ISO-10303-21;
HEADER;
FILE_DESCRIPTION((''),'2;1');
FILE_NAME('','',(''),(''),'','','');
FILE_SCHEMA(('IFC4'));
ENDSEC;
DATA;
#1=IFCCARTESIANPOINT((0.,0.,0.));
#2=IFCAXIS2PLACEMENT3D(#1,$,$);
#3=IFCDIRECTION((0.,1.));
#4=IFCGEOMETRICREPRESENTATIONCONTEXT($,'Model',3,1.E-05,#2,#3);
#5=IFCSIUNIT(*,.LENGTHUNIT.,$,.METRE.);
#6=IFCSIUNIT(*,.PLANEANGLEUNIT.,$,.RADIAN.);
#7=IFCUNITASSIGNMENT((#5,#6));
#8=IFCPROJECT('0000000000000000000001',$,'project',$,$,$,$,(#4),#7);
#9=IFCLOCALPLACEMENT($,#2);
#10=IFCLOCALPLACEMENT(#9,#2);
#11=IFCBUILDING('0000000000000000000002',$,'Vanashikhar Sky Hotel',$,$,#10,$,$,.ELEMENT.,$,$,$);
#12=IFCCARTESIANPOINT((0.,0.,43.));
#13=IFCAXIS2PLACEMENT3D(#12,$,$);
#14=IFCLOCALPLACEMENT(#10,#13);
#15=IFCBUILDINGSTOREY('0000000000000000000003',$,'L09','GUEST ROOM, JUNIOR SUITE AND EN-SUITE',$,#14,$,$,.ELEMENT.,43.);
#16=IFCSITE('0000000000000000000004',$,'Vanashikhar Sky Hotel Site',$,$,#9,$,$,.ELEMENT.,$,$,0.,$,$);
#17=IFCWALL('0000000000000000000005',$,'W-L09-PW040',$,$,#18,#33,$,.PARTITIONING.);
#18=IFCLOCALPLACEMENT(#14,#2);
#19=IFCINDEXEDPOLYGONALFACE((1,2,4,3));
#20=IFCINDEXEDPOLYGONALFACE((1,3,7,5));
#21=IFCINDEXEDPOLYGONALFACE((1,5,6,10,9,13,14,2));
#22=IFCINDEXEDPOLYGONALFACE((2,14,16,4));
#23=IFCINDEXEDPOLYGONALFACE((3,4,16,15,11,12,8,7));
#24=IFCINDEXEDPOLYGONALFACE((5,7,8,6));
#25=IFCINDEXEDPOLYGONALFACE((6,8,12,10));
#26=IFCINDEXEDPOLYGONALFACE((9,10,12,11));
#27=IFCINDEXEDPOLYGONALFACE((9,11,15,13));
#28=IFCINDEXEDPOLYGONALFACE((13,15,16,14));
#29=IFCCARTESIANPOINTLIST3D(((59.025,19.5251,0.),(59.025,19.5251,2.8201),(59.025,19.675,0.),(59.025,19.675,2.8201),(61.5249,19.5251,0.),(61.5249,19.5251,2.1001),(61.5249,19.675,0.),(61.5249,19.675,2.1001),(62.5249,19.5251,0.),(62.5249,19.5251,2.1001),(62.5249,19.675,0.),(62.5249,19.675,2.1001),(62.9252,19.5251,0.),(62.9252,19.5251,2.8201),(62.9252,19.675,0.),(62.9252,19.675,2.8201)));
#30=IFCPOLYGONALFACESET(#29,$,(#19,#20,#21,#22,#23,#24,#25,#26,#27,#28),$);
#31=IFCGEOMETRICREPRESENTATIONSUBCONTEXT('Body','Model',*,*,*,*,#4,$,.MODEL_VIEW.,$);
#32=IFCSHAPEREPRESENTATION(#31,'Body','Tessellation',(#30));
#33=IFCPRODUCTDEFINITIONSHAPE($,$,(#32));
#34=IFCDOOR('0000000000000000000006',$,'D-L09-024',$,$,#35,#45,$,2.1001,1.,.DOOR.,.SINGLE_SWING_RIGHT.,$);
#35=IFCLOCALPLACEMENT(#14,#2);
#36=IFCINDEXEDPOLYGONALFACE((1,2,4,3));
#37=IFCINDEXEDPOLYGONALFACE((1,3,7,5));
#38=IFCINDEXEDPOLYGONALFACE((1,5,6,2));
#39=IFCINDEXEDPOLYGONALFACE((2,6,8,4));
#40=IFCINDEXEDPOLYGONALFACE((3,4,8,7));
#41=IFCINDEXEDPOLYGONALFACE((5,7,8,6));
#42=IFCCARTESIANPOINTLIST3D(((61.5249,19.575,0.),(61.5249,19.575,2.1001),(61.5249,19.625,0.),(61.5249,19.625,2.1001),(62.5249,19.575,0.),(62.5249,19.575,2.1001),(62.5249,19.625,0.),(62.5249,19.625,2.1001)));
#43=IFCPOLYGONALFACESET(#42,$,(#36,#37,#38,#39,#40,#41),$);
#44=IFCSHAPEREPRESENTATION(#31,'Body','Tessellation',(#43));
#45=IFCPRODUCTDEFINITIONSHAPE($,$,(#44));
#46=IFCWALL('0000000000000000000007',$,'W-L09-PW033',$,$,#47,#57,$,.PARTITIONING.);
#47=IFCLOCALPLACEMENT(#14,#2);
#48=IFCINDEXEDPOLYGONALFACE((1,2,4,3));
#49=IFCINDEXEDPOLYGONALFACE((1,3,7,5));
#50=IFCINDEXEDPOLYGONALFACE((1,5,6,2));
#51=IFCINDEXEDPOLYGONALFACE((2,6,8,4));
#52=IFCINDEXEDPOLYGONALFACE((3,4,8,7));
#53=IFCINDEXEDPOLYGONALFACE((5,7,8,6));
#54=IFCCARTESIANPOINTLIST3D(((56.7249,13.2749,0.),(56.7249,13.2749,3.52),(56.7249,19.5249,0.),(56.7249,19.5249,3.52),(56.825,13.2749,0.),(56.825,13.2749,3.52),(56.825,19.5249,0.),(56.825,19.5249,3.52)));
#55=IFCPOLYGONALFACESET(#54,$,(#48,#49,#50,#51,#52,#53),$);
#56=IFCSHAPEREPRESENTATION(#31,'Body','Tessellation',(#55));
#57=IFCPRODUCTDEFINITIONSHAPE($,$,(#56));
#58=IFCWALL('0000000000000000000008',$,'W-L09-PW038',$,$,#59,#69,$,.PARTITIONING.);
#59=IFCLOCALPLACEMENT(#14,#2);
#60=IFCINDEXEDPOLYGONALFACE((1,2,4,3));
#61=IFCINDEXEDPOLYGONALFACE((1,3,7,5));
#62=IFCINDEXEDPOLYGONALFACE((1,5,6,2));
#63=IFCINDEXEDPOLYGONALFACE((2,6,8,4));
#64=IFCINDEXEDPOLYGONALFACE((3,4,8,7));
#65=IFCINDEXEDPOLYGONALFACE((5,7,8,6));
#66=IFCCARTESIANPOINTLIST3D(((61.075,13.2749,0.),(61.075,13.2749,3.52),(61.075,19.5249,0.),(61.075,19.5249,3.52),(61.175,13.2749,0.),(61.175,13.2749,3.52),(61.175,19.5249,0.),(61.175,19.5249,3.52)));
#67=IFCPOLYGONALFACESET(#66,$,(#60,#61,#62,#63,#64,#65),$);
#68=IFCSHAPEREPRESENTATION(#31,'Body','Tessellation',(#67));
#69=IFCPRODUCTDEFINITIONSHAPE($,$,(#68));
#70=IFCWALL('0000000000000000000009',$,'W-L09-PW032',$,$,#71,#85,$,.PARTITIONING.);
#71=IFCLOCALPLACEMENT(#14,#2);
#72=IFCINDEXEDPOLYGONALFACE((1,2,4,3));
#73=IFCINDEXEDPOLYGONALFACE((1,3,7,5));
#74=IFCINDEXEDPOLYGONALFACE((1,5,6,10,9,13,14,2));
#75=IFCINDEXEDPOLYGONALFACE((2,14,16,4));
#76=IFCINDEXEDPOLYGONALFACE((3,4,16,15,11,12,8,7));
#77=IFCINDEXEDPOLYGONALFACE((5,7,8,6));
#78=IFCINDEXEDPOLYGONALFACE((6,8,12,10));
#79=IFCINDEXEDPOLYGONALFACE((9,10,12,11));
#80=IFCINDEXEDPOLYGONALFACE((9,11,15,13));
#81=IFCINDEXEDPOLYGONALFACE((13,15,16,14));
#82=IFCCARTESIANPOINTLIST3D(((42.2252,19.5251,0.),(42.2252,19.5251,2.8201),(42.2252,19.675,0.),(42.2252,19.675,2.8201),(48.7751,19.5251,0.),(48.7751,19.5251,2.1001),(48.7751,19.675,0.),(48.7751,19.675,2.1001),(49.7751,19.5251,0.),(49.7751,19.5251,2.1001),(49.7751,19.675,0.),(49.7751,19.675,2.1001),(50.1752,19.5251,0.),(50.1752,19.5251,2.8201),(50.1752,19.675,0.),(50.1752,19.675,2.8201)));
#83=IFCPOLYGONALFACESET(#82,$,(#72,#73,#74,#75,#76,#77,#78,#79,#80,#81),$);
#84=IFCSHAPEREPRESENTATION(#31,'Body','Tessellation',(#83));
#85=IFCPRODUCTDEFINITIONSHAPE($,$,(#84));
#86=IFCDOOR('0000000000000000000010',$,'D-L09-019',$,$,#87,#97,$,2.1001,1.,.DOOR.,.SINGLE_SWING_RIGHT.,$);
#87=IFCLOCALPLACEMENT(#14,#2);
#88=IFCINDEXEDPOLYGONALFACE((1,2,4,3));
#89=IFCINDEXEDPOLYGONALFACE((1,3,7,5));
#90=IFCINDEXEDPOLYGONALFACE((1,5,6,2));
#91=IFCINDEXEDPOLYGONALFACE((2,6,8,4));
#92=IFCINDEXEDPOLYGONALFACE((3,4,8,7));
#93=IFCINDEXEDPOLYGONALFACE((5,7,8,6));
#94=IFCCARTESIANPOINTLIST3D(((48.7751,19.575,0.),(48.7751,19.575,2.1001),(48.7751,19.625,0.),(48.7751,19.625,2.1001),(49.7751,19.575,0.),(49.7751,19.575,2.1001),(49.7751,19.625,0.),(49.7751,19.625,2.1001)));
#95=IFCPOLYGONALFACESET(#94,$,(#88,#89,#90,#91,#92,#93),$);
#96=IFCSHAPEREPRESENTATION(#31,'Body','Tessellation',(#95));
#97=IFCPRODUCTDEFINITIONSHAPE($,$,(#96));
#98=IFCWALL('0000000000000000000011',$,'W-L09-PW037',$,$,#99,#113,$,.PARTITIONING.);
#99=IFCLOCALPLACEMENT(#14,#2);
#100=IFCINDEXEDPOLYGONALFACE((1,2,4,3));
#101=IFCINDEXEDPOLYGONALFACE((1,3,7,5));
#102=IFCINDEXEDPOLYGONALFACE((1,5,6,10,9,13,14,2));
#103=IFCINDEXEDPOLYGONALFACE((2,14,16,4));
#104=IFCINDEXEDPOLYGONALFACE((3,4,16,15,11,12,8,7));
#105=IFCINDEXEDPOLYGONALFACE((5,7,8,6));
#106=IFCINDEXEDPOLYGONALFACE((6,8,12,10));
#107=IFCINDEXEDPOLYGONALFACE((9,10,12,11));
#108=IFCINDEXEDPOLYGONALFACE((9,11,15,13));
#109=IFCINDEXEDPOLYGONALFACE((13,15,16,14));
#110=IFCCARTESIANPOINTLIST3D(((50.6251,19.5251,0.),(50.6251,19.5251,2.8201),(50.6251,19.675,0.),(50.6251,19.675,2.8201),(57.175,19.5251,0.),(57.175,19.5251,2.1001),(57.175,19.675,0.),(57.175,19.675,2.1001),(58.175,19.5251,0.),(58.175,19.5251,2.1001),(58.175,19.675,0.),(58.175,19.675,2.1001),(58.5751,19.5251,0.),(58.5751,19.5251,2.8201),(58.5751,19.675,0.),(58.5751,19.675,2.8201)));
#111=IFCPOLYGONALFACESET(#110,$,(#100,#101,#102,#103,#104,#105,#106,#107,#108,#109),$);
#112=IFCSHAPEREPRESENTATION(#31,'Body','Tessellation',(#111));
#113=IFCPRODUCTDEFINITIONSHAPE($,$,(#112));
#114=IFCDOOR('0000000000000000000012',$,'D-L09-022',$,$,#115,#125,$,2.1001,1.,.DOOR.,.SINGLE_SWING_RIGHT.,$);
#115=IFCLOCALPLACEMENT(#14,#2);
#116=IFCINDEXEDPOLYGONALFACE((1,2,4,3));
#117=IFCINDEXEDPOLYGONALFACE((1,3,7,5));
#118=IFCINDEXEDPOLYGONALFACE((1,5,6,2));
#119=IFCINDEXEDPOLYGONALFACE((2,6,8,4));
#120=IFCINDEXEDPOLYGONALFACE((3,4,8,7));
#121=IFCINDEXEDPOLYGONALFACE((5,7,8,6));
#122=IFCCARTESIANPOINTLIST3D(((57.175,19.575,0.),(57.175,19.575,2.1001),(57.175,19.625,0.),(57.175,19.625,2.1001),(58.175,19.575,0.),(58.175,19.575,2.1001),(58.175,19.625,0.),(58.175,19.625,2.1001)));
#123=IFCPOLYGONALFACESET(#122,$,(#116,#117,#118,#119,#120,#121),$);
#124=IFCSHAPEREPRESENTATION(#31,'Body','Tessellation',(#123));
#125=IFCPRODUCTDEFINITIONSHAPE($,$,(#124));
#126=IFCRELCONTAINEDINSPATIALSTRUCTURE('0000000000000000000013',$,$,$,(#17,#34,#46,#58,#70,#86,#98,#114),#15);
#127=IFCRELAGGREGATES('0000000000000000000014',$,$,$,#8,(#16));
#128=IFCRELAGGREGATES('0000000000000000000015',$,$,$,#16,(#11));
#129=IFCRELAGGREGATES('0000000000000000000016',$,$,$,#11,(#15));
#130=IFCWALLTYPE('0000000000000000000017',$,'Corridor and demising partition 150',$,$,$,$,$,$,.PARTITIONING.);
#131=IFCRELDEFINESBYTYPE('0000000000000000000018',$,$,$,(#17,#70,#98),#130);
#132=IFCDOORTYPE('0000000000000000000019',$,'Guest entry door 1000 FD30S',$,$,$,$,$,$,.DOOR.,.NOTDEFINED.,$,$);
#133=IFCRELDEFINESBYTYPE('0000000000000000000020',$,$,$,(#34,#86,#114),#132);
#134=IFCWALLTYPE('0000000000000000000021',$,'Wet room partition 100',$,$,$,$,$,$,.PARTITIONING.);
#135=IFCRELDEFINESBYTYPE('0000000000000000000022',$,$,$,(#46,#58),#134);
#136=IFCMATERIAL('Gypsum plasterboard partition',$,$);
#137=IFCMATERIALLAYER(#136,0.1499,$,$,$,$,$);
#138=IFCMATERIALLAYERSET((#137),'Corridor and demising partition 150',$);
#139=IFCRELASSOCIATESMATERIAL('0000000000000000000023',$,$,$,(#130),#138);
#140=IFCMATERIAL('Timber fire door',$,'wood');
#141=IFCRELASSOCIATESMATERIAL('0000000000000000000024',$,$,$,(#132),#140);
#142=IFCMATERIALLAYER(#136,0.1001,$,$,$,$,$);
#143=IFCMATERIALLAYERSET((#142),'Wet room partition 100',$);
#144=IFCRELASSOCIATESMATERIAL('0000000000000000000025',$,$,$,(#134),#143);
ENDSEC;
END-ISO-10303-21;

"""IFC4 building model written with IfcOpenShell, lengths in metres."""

from ifc_helpers import new_model, si_unit, direction, frame, frame_2d, origin, place, context, subcontext, project, spatial, rectangle, extrude, source, transform, mapped, material, layer, layer_set, type_object, element, fill, save


model = new_model("IFC4")

# Units and contexts
model_context = context("Model", 3, precision=1e-05, world=origin(), true_north=direction((0.0, 1.0)))
body_context = subcontext(model_context, "Body", "Model", "MODEL_VIEW")
ifc_project = project(units=[si_unit("LENGTHUNIT", "METRE"), si_unit("PLANEANGLEUNIT", "RADIAN")], contexts=[model_context])

# Site, building, storey
site_placement = place(None, origin())
site = spatial("IfcSite", under=ifc_project, at=site_placement, Name="Vanashikhar Sky Hotel Site", CompositionType="ELEMENT", RefElevation=0.0)
building_placement = place(site_placement, origin())
building = spatial("IfcBuilding", under=site, at=building_placement, Name="Vanashikhar Sky Hotel", CompositionType="ELEMENT")
storey_placement = place(building_placement, frame((0.0, 0.0, 43.0)))
storey = spatial("IfcBuildingStorey", under=building, at=storey_placement, Name="L09", Description="GUEST ROOM, JUNIOR SUITE AND EN-SUITE", CompositionType="ELEMENT", Elevation=43.0)

# Shared definitions
shared_shape_1 = source(origin(), body_context, "Body", "SweptSolid", [
    extrude(rectangle(XDim=1.0, YDim=2.1001, at=frame_2d((0.5, 1.05))), frame((0.0, 0.0249, 0.0), z_axis=(0.0, -1.0, 0.0), x_axis=(1.0, 0.0, 0.0)), (0.0, 0.0, 1.0), 0.05),
])

# Wall, opening, door
ifc_material_1 = material(Name="Gypsum plasterboard partition")
ifc_layer_1 = layer(ifc_material_1, 0.1499)
ifc_layer_set_1 = layer_set([ifc_layer_1], Name="Corridor and demising partition 150")
wall_type_1 = type_object("IfcWallType", Name="Corridor and demising partition 150", PredefinedType="PARTITIONING", material=ifc_layer_set_1)
shared_shape_2 = source(origin(), body_context, "Body", "SweptSolid", [
    extrude(rectangle(XDim=3.9001, YDim=0.1499, at=frame_2d((1.9502, 0.0))), origin(), (0.0, 0.0, 1.0), 2.8201),
])
wall_1_placement = place(storey_placement, frame((59.0249, 19.6001, 0.0), z_axis=(0.0, 0.0, 1.0), x_axis=(1.0, 0.0, 0.0)))
wall_1 = element("IfcWall", 1, at=wall_1_placement, inside=storey, type_object=wall_type_1, Name="W-L09-PW040", PredefinedType="PARTITIONING", context=body_context, shape_type="MappedRepresentation", body=[
    mapped(shared_shape_2, transform((0.0, 0.0, 0.0), scale=1.0)),
])
shared_shape_3 = source(origin(), body_context, "Body", "SweptSolid", [
    extrude(rectangle(XDim=1.0, YDim=2.1001, at=frame_2d((0.5, 1.05))), frame((0.0, 0.085, 0.0), z_axis=(0.0, -1.0, 0.0), x_axis=(1.0, 0.0, 0.0)), (0.0, 0.0, 1.0), 0.1699),
])
opening_1_placement = place(wall_1_placement, frame((2.5, 0.0, 0.0)))
opening_1 = element("IfcOpeningElement", 2, at=opening_1_placement, cuts=wall_1, PredefinedType="OPENING", context=body_context, shape_type="MappedRepresentation", body=[
    mapped(shared_shape_3, transform((0.0, 0.0, 0.0), scale=1.0)),
])
ifc_material_2 = material(Name="Timber fire door", Category="wood")
door_type_1 = type_object("IfcDoorType", Name="Guest entry door 1000 FD30S", OperationType="NOTDEFINED", PredefinedType="DOOR", material=ifc_material_2)
door_1_placement = place(opening_1_placement, origin())
door_1 = element("IfcDoor", 3, at=door_1_placement, inside=storey, type_object=door_type_1, Name="D-L09-024", OperationType="SINGLE_SWING_RIGHT", OverallHeight=2.1001, OverallWidth=1.0, PredefinedType="DOOR", context=body_context, shape_type="MappedRepresentation", body=[
    mapped(shared_shape_1, transform((0.0, 0.0, 0.0), scale=1.0)),
])
fill(opening_1, door_1)

# Walls
ifc_layer_2 = layer(ifc_material_1, 0.1001)
ifc_layer_set_2 = layer_set([ifc_layer_2], Name="Wet room partition 100")
wall_type_2 = type_object("IfcWallType", Name="Wet room partition 100", PredefinedType="PARTITIONING", material=ifc_layer_set_2)
shared_shape_4 = source(origin(), body_context, "Body", "SweptSolid", [
    extrude(rectangle(XDim=6.25, YDim=0.1001, at=frame_2d((3.125, 0.0))), origin(), (0.0, 0.0, 1.0), 3.52),
])
for number, where, z_axis, x_axis, name in (
    (4, (56.7749, 13.2749, 0.0), (0.0, 0.0, 1.0), (0.0, 1.0, 0.0), "W-L09-PW033"),
    (5, (61.125, 13.2749, 0.0), (0.0, 0.0, 1.0), (0.0, 1.0, 0.0), "W-L09-PW038"),
):
    element("IfcWall", number, at=place(storey_placement, frame(where, z_axis=z_axis, x_axis=x_axis)), inside=storey, type_object=wall_type_2, Name=name, PredefinedType="PARTITIONING", context=body_context, shape_type="MappedRepresentation", body=[
        mapped(shared_shape_4, transform((0.0, 0.0, 0.0), scale=1.0)),
    ])

# Walls, openings, doors
shared_shape_5 = source(origin(), body_context, "Body", "SweptSolid", [
    extrude(rectangle(XDim=7.95, YDim=0.1499, at=frame_2d((3.9751, 0.0))), origin(), (0.0, 0.0, 1.0), 2.8201),
])
wall_2_placement = place(storey_placement, frame((42.2251, 19.6001, 0.0), z_axis=(0.0, 0.0, 1.0), x_axis=(1.0, 0.0, 0.0)))
wall_2 = element("IfcWall", 6, at=wall_2_placement, inside=storey, type_object=wall_type_1, Name="W-L09-PW032", PredefinedType="PARTITIONING", context=body_context, shape_type="MappedRepresentation", body=[
    mapped(shared_shape_5, transform((0.0, 0.0, 0.0), scale=1.0)),
])
opening_2_placement = place(wall_2_placement, frame((6.55, 0.0, 0.0)))
opening_2 = element("IfcOpeningElement", 7, at=opening_2_placement, cuts=wall_2, PredefinedType="OPENING", context=body_context, shape_type="MappedRepresentation", body=[
    mapped(shared_shape_3, transform((0.0, 0.0, 0.0), scale=1.0)),
])
door_2_placement = place(opening_2_placement, origin())
door_2 = element("IfcDoor", 8, at=door_2_placement, inside=storey, type_object=door_type_1, Name="D-L09-019", OperationType="SINGLE_SWING_RIGHT", OverallHeight=2.1001, OverallWidth=1.0, PredefinedType="DOOR", context=body_context, shape_type="MappedRepresentation", body=[
    mapped(shared_shape_1, transform((0.0, 0.0, 0.0), scale=1.0)),
])
fill(opening_2, door_2)
wall_3_placement = place(storey_placement, frame((50.625, 19.6001, 0.0), z_axis=(0.0, 0.0, 1.0), x_axis=(1.0, 0.0, 0.0)))
wall_3 = element("IfcWall", 9, at=wall_3_placement, inside=storey, type_object=wall_type_1, Name="W-L09-PW037", PredefinedType="PARTITIONING", context=body_context, shape_type="MappedRepresentation", body=[
    mapped(shared_shape_5, transform((0.0, 0.0, 0.0), scale=1.0)),
])
opening_3_placement = place(wall_3_placement, frame((6.55, 0.0, 0.0)))
opening_3 = element("IfcOpeningElement", 10, at=opening_3_placement, cuts=wall_3, PredefinedType="OPENING", context=body_context, shape_type="MappedRepresentation", body=[
    mapped(shared_shape_3, transform((0.0, 0.0, 0.0), scale=1.0)),
])
door_3_placement = place(opening_3_placement, origin())
door_3 = element("IfcDoor", 11, at=door_3_placement, inside=storey, type_object=door_type_1, Name="D-L09-022", OperationType="SINGLE_SWING_RIGHT", OverallHeight=2.1001, OverallWidth=1.0, PredefinedType="DOOR", context=body_context, shape_type="MappedRepresentation", body=[
    mapped(shared_shape_1, transform((0.0, 0.0, 0.0), scale=1.0)),
])
fill(opening_3, door_3)

save(model, "model.ifc")
